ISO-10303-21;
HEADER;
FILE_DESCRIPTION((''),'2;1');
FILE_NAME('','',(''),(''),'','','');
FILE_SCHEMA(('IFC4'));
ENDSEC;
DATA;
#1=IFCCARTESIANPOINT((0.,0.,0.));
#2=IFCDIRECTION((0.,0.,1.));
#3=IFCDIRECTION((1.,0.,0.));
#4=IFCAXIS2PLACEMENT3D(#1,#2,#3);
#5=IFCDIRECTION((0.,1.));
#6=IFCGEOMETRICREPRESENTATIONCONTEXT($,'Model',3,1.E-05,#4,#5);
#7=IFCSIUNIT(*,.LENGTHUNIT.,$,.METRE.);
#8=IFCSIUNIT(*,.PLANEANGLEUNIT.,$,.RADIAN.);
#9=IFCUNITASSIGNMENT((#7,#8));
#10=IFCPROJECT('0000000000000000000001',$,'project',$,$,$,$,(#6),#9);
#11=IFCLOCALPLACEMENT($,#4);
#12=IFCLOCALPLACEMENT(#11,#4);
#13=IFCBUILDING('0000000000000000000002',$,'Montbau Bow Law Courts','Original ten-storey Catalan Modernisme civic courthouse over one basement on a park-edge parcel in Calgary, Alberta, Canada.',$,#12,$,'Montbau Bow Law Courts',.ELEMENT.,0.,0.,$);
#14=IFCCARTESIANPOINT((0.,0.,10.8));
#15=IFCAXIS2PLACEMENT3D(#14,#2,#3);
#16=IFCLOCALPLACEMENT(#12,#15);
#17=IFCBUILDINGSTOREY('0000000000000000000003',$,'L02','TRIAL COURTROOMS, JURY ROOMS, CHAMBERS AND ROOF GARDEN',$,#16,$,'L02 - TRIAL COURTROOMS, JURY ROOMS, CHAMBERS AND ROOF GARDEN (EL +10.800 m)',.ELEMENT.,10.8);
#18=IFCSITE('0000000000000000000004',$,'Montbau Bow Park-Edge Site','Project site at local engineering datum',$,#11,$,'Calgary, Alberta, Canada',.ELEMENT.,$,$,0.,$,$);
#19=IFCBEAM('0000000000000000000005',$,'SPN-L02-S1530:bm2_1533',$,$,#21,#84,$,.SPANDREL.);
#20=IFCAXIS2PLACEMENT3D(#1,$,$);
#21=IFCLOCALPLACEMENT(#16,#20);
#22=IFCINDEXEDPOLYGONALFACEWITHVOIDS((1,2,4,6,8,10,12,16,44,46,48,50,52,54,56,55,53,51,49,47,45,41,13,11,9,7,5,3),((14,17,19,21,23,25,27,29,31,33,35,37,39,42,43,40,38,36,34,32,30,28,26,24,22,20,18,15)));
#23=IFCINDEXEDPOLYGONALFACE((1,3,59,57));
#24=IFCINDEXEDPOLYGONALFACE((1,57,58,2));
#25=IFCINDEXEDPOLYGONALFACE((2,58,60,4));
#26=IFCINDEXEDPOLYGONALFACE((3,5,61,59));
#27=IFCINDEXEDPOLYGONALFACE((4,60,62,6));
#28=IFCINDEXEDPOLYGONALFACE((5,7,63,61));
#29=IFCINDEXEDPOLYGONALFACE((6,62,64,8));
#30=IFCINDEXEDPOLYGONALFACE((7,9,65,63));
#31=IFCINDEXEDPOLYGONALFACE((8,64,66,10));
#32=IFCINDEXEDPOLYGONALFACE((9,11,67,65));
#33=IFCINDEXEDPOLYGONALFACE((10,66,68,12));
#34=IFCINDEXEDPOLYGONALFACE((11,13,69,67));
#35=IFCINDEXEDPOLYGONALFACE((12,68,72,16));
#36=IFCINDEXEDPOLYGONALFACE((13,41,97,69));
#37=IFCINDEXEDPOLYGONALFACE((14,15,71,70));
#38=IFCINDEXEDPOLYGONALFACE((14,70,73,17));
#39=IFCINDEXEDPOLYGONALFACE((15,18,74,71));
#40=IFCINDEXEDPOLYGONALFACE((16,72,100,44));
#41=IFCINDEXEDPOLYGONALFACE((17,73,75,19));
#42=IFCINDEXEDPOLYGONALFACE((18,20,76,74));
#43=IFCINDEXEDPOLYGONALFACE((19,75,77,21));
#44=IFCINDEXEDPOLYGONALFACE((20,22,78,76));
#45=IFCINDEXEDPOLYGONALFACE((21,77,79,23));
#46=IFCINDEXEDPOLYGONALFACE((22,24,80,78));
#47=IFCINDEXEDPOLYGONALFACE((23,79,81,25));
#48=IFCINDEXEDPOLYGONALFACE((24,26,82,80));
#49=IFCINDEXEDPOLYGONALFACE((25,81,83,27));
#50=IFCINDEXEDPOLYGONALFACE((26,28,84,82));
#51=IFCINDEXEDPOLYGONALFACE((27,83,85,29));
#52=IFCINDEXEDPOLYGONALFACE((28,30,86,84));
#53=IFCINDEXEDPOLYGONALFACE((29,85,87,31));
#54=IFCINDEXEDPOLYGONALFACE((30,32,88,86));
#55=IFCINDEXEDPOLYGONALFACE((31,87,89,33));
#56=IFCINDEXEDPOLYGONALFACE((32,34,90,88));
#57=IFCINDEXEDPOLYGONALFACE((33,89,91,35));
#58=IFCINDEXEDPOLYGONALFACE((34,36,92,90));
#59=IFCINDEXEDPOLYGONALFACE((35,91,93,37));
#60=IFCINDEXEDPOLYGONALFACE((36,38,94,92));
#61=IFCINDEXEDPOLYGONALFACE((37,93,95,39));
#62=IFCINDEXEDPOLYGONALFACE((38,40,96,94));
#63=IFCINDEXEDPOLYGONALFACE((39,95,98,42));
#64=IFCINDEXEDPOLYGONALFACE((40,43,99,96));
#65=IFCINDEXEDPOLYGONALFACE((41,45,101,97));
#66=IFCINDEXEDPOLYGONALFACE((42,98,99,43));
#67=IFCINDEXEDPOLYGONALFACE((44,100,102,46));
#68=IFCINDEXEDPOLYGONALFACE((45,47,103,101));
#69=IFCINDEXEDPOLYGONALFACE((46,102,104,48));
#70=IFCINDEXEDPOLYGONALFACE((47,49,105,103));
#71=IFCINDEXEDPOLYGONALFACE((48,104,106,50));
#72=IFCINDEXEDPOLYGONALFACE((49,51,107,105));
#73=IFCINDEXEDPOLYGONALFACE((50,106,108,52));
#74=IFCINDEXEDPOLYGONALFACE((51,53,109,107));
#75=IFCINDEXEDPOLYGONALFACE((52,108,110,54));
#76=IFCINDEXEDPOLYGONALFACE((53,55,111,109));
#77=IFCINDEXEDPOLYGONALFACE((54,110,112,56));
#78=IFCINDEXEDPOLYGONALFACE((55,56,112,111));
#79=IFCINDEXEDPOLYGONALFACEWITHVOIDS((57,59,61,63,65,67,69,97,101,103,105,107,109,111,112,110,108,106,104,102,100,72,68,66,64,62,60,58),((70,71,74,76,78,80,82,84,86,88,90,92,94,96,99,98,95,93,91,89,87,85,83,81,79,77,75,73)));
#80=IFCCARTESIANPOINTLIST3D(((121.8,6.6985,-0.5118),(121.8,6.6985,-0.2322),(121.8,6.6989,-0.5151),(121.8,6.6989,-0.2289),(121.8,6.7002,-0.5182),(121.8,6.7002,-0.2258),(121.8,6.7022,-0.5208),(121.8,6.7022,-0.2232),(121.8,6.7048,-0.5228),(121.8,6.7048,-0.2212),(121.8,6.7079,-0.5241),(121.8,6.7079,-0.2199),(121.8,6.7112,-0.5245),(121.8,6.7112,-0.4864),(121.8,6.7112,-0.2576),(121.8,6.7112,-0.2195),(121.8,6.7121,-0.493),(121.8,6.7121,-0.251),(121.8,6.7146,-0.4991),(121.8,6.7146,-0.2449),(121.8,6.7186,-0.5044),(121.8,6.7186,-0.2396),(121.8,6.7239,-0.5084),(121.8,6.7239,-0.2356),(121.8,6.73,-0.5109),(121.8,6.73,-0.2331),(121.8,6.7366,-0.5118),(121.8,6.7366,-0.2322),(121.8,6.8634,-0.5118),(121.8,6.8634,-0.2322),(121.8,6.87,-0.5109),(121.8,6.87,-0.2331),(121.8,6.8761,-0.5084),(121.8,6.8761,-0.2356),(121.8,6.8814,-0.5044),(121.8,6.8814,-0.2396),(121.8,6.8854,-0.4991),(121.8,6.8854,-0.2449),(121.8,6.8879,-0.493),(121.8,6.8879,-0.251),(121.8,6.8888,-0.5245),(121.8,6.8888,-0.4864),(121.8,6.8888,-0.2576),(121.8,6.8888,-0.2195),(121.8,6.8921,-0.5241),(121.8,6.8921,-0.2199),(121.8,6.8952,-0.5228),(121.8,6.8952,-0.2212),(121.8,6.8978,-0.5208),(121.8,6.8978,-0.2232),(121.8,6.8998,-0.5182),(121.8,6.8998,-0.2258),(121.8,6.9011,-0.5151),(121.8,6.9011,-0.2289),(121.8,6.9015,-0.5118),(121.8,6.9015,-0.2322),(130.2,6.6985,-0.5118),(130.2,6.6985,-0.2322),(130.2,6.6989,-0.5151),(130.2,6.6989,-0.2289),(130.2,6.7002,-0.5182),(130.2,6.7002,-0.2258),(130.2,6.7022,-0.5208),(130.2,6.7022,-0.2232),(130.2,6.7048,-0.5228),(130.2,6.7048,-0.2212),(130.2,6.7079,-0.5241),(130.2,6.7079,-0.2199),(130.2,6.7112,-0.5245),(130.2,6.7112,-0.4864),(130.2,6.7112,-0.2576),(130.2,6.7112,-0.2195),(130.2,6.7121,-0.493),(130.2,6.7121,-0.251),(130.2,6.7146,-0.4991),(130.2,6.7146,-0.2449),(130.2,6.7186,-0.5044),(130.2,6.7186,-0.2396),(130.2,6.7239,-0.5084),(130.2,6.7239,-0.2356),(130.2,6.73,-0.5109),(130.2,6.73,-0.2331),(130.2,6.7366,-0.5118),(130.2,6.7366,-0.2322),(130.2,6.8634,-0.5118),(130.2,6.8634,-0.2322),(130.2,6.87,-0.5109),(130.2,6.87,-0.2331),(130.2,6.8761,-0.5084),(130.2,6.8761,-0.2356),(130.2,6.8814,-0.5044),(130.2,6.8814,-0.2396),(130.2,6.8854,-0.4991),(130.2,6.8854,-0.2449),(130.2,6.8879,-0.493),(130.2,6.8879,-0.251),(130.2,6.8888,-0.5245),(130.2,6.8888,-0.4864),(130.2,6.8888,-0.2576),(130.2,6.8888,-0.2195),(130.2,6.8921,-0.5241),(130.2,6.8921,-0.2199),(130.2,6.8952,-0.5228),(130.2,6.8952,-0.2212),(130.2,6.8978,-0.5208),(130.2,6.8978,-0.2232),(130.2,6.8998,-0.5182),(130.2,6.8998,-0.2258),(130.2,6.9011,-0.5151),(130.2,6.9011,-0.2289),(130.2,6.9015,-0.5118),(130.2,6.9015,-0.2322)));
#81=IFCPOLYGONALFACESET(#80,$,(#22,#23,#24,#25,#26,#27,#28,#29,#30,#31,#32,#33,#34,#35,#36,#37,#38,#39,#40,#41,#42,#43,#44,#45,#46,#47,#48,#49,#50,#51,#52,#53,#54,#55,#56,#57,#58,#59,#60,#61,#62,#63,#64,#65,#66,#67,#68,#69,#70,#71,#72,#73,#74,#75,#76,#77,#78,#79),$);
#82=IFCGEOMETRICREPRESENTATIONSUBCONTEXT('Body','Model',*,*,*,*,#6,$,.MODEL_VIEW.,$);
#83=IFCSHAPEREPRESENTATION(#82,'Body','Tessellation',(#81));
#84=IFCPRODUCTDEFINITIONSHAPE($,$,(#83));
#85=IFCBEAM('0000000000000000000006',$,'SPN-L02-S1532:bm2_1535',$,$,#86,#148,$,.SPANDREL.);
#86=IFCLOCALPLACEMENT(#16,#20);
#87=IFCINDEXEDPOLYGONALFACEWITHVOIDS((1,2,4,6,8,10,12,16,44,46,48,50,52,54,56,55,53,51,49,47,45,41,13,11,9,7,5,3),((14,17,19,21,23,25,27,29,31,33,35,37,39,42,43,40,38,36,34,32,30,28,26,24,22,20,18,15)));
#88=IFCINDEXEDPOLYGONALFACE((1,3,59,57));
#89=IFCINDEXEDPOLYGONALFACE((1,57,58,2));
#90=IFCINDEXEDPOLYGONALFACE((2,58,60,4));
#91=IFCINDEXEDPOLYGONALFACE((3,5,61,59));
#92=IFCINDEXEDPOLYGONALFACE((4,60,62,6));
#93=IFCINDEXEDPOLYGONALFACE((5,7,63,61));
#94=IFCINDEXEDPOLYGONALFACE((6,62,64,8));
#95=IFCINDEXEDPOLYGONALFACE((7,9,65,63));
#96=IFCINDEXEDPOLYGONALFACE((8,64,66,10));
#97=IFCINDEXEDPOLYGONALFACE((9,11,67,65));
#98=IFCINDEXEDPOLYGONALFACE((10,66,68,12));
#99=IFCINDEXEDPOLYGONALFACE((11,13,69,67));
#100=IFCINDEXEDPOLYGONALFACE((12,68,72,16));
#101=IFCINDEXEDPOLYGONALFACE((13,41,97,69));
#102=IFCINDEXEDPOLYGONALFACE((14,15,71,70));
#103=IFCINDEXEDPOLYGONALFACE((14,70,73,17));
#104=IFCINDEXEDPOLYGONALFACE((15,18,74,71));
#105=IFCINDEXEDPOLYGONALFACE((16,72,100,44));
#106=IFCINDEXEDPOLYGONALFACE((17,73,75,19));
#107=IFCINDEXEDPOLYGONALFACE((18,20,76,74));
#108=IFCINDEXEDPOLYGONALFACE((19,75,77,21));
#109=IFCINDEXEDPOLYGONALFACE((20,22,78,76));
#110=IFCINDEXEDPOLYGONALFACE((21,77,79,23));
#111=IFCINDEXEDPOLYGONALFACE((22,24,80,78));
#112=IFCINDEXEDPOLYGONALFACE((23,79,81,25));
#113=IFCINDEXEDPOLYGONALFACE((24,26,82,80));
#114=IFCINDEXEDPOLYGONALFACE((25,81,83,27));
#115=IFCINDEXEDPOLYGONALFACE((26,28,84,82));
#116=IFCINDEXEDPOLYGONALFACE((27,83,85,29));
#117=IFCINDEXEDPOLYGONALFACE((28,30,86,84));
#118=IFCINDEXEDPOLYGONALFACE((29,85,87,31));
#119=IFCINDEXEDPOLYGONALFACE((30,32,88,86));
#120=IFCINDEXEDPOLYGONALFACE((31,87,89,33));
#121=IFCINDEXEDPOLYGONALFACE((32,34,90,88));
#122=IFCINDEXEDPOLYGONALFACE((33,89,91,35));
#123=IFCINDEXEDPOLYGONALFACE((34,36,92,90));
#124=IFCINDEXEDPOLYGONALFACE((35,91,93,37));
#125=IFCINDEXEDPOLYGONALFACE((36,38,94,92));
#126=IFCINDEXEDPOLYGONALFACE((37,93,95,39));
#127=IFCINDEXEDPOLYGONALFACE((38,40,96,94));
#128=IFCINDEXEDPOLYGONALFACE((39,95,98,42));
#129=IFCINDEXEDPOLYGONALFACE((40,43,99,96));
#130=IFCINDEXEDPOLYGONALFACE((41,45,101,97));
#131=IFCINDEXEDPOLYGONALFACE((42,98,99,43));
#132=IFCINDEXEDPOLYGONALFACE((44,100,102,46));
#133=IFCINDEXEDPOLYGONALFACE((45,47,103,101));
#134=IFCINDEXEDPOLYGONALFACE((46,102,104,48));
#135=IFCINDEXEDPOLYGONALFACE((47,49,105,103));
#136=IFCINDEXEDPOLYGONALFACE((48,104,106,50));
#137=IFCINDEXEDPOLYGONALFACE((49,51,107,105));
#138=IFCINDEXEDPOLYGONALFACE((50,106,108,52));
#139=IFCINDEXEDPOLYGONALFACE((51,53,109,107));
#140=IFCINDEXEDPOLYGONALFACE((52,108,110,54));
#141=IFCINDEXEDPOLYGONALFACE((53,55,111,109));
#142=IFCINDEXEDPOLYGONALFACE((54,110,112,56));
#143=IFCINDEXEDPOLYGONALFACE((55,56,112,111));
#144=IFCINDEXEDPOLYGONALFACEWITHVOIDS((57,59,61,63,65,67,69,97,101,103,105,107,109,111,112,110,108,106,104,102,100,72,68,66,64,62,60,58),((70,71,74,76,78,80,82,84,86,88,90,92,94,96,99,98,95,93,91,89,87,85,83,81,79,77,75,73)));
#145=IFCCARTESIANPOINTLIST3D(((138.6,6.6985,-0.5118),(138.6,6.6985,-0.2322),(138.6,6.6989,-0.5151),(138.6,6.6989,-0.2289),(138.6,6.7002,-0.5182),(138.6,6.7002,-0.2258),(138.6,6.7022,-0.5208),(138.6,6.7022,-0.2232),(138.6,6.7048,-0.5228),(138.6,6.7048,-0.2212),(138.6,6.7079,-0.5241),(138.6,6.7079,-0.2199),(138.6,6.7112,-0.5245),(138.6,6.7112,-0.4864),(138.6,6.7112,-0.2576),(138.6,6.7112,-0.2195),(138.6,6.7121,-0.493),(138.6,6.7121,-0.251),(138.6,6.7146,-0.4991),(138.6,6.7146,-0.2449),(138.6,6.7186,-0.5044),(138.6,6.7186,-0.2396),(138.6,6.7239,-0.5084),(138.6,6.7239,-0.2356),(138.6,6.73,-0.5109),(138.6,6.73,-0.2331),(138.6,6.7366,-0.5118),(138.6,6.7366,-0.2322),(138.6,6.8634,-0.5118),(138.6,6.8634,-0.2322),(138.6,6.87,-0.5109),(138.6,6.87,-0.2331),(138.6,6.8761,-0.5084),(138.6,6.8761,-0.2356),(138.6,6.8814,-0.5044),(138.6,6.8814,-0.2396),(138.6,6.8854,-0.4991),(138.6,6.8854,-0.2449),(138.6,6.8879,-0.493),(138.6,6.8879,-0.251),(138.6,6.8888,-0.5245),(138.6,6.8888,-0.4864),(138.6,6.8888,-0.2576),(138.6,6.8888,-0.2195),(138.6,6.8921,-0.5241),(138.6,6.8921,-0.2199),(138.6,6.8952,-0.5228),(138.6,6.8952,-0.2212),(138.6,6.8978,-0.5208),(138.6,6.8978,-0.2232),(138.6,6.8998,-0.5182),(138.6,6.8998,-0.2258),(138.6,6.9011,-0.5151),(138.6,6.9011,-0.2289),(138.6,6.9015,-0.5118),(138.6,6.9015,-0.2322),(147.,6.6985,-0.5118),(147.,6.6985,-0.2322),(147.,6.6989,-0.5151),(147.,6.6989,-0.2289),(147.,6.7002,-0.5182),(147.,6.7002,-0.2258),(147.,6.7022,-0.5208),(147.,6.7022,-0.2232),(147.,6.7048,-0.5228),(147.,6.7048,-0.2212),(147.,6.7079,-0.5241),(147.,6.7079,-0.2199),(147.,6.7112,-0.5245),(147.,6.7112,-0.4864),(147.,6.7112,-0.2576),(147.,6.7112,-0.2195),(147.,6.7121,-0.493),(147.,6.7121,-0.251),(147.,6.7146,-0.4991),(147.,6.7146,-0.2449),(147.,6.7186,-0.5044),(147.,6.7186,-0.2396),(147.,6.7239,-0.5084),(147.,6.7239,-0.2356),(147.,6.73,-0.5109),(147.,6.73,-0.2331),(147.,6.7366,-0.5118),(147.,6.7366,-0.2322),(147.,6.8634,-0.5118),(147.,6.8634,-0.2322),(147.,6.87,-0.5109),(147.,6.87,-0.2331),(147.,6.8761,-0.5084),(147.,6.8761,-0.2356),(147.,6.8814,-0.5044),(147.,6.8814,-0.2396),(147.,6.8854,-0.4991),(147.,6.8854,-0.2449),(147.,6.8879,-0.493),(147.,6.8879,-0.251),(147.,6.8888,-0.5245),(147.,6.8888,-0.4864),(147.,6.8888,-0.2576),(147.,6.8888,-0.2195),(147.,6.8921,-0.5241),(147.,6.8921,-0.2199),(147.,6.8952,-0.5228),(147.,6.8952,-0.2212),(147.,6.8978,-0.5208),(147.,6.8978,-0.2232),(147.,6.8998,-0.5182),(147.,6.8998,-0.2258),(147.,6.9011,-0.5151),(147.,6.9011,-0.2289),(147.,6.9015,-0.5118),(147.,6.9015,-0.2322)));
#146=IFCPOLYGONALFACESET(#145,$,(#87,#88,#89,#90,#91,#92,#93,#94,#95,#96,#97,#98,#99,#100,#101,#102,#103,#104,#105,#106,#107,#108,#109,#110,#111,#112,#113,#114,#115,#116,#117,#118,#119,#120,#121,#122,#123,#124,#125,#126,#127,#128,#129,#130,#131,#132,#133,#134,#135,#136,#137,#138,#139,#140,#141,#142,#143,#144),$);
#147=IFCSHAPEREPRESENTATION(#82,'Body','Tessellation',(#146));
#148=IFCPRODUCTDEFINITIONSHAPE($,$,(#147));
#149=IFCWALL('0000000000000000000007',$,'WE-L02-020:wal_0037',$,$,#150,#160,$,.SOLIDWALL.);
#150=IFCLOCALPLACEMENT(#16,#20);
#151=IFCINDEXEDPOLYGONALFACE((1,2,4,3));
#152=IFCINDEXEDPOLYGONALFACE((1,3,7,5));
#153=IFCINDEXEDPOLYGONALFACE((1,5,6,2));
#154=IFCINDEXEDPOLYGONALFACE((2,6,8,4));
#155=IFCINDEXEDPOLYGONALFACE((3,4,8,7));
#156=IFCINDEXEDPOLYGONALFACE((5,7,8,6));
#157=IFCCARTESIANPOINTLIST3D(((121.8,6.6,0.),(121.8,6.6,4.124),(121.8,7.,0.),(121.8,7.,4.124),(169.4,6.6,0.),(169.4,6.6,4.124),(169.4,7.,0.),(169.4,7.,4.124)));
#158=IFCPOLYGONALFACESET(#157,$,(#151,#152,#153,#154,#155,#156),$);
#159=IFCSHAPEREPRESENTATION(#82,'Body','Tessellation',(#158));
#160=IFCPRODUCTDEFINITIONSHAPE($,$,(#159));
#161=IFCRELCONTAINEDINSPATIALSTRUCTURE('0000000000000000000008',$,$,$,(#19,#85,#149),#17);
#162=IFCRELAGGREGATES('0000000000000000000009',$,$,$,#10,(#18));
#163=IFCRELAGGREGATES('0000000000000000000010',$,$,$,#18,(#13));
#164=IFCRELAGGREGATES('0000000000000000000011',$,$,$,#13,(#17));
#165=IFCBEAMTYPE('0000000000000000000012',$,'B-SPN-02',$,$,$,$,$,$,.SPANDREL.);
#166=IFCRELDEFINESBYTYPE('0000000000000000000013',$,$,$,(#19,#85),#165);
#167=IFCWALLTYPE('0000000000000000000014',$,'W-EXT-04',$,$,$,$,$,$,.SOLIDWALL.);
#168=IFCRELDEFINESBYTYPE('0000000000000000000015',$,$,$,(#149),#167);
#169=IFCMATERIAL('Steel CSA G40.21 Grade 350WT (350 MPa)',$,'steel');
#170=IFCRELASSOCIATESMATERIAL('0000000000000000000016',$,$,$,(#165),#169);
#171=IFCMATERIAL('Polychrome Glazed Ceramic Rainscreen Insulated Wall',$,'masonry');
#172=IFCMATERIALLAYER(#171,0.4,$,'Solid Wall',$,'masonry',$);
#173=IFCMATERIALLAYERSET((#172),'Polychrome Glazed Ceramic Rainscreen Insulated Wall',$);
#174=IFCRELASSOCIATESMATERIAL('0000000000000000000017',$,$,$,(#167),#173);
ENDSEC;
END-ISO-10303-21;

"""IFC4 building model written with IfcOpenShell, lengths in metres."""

from ifc_helpers import new_model, si_unit, direction, frame, frame_2d, origin_with_axes, origin_2d_with_axis, place, context, subcontext, project, spatial, rectangle, hollow_rectangle, extrude, material, layer, layer_set, material_profile, profile_set, type_object, element, save


model = new_model("IFC4")

# Units and contexts
model_context = context("Model", 3, precision=1e-05, world=origin_with_axes(), true_north=direction((0.0, 1.0)))
body_context = subcontext(model_context, "Body", "Model", "MODEL_VIEW")
ifc_project = project(units=[si_unit("LENGTHUNIT", "METRE"), si_unit("PLANEANGLEUNIT", "RADIAN")], contexts=[model_context])

# Site, building, storey
site_placement = place(None, origin_with_axes())
site = spatial("IfcSite", under=ifc_project, at=site_placement, Name="Montbau Bow Park-Edge Site", Description="Project site at local engineering datum", LongName="Calgary, Alberta, Canada", CompositionType="ELEMENT", RefElevation=0.0)
building_placement = place(site_placement, origin_with_axes())
building = spatial("IfcBuilding", under=site, at=building_placement, Name="Montbau Bow Law Courts", Description="Original ten-storey Catalan Modernisme civic courthouse over one basement on a park-edge parcel in Calgary, Alberta, Canada.", LongName="Montbau Bow Law Courts", CompositionType="ELEMENT", ElevationOfRefHeight=0.0, ElevationOfTerrain=0.0)
storey_placement = place(building_placement, frame((0.0, 0.0, 10.8), z_axis=(0.0, 0.0, 1.0), x_axis=(1.0, 0.0, 0.0)))
storey = spatial("IfcBuildingStorey", under=building, at=storey_placement, Name="L02", Description="TRIAL COURTROOMS, JURY ROOMS, CHAMBERS AND ROOF GARDEN", LongName="L02 - TRIAL COURTROOMS, JURY ROOMS, CHAMBERS AND ROOF GARDEN (EL +10.800 m)", CompositionType="ELEMENT", Elevation=10.8)

# Beams
ifc_material_1 = material(Name="Steel CSA G40.21 Grade 350WT (350 MPa)", Category="steel")
ifc_material_profile_1 = material_profile(ifc_material_1, hollow_rectangle(XDim=0.203, YDim=0.305, WallThickness=0.0127, InnerFilletRadius=0.0254, OuterFilletRadius=0.0127, at=origin_2d_with_axis()), Name="HSS305X203X13", Category="Main", Priority=0)
ifc_profile_set_1 = profile_set([ifc_material_profile_1], Name="Steel CSA G40.21 Grade 350WT (350 MPa)")
beam_type_1 = type_object("IfcBeamType", Name="B-SPN-02", PredefinedType="SPANDREL", material=ifc_profile_set_1)
for number, where, z_axis, x_axis, name in (
    (1, (121.8, 6.8, 10.428), (1.0, 0.0, 0.0), (0.0, 1.0, 0.0), "SPN-L02-S1530:bm2_1533"),
    (2, (138.6, 6.8, 10.428), (1.0, 0.0, 0.0), (0.0, 1.0, 0.0), "SPN-L02-S1532:bm2_1535"),
):
    element("IfcBeam", number, at=place(None, frame(where, z_axis=z_axis, x_axis=x_axis)), inside=storey, type_object=beam_type_1, Name=name, PredefinedType="SPANDREL", context=body_context, shape_type="SweptSolid", body=[
        extrude(hollow_rectangle(XDim=0.203, YDim=0.305, WallThickness=0.0127, InnerFilletRadius=0.0254, OuterFilletRadius=0.0127, at=origin_2d_with_axis()), origin_with_axes(), (0.0, 0.0, 1.0), 8.4),
    ])

# Wall
ifc_material_2 = material(Name="Polychrome Glazed Ceramic Rainscreen Insulated Wall", Category="masonry")
ifc_layer = layer(ifc_material_2, 0.4, Name="Solid Wall", Category="masonry")
ifc_layer_set = layer_set([ifc_layer], Name="Polychrome Glazed Ceramic Rainscreen Insulated Wall")
wall_type = type_object("IfcWallType", Name="W-EXT-04", PredefinedType="SOLIDWALL", material=ifc_layer_set)
wall_placement = place(None, frame((121.8, 6.8, 10.8), z_axis=(0.0, 0.0, 1.0), x_axis=(1.0, 0.0, 0.0)))
element("IfcWall", 3, at=wall_placement, inside=storey, type_object=wall_type, Name="WE-L02-020:wal_0037", PredefinedType="SOLIDWALL", context=body_context, shape_type="SweptSolid", body=[
    extrude(rectangle(XDim=47.6, YDim=0.4, at=frame_2d((23.8, 0.0), x_axis=(1.0, 0.0))), origin_with_axes(), (0.0, 0.0, 1.0), 4.124),
])

save(model, "model.ifc")
